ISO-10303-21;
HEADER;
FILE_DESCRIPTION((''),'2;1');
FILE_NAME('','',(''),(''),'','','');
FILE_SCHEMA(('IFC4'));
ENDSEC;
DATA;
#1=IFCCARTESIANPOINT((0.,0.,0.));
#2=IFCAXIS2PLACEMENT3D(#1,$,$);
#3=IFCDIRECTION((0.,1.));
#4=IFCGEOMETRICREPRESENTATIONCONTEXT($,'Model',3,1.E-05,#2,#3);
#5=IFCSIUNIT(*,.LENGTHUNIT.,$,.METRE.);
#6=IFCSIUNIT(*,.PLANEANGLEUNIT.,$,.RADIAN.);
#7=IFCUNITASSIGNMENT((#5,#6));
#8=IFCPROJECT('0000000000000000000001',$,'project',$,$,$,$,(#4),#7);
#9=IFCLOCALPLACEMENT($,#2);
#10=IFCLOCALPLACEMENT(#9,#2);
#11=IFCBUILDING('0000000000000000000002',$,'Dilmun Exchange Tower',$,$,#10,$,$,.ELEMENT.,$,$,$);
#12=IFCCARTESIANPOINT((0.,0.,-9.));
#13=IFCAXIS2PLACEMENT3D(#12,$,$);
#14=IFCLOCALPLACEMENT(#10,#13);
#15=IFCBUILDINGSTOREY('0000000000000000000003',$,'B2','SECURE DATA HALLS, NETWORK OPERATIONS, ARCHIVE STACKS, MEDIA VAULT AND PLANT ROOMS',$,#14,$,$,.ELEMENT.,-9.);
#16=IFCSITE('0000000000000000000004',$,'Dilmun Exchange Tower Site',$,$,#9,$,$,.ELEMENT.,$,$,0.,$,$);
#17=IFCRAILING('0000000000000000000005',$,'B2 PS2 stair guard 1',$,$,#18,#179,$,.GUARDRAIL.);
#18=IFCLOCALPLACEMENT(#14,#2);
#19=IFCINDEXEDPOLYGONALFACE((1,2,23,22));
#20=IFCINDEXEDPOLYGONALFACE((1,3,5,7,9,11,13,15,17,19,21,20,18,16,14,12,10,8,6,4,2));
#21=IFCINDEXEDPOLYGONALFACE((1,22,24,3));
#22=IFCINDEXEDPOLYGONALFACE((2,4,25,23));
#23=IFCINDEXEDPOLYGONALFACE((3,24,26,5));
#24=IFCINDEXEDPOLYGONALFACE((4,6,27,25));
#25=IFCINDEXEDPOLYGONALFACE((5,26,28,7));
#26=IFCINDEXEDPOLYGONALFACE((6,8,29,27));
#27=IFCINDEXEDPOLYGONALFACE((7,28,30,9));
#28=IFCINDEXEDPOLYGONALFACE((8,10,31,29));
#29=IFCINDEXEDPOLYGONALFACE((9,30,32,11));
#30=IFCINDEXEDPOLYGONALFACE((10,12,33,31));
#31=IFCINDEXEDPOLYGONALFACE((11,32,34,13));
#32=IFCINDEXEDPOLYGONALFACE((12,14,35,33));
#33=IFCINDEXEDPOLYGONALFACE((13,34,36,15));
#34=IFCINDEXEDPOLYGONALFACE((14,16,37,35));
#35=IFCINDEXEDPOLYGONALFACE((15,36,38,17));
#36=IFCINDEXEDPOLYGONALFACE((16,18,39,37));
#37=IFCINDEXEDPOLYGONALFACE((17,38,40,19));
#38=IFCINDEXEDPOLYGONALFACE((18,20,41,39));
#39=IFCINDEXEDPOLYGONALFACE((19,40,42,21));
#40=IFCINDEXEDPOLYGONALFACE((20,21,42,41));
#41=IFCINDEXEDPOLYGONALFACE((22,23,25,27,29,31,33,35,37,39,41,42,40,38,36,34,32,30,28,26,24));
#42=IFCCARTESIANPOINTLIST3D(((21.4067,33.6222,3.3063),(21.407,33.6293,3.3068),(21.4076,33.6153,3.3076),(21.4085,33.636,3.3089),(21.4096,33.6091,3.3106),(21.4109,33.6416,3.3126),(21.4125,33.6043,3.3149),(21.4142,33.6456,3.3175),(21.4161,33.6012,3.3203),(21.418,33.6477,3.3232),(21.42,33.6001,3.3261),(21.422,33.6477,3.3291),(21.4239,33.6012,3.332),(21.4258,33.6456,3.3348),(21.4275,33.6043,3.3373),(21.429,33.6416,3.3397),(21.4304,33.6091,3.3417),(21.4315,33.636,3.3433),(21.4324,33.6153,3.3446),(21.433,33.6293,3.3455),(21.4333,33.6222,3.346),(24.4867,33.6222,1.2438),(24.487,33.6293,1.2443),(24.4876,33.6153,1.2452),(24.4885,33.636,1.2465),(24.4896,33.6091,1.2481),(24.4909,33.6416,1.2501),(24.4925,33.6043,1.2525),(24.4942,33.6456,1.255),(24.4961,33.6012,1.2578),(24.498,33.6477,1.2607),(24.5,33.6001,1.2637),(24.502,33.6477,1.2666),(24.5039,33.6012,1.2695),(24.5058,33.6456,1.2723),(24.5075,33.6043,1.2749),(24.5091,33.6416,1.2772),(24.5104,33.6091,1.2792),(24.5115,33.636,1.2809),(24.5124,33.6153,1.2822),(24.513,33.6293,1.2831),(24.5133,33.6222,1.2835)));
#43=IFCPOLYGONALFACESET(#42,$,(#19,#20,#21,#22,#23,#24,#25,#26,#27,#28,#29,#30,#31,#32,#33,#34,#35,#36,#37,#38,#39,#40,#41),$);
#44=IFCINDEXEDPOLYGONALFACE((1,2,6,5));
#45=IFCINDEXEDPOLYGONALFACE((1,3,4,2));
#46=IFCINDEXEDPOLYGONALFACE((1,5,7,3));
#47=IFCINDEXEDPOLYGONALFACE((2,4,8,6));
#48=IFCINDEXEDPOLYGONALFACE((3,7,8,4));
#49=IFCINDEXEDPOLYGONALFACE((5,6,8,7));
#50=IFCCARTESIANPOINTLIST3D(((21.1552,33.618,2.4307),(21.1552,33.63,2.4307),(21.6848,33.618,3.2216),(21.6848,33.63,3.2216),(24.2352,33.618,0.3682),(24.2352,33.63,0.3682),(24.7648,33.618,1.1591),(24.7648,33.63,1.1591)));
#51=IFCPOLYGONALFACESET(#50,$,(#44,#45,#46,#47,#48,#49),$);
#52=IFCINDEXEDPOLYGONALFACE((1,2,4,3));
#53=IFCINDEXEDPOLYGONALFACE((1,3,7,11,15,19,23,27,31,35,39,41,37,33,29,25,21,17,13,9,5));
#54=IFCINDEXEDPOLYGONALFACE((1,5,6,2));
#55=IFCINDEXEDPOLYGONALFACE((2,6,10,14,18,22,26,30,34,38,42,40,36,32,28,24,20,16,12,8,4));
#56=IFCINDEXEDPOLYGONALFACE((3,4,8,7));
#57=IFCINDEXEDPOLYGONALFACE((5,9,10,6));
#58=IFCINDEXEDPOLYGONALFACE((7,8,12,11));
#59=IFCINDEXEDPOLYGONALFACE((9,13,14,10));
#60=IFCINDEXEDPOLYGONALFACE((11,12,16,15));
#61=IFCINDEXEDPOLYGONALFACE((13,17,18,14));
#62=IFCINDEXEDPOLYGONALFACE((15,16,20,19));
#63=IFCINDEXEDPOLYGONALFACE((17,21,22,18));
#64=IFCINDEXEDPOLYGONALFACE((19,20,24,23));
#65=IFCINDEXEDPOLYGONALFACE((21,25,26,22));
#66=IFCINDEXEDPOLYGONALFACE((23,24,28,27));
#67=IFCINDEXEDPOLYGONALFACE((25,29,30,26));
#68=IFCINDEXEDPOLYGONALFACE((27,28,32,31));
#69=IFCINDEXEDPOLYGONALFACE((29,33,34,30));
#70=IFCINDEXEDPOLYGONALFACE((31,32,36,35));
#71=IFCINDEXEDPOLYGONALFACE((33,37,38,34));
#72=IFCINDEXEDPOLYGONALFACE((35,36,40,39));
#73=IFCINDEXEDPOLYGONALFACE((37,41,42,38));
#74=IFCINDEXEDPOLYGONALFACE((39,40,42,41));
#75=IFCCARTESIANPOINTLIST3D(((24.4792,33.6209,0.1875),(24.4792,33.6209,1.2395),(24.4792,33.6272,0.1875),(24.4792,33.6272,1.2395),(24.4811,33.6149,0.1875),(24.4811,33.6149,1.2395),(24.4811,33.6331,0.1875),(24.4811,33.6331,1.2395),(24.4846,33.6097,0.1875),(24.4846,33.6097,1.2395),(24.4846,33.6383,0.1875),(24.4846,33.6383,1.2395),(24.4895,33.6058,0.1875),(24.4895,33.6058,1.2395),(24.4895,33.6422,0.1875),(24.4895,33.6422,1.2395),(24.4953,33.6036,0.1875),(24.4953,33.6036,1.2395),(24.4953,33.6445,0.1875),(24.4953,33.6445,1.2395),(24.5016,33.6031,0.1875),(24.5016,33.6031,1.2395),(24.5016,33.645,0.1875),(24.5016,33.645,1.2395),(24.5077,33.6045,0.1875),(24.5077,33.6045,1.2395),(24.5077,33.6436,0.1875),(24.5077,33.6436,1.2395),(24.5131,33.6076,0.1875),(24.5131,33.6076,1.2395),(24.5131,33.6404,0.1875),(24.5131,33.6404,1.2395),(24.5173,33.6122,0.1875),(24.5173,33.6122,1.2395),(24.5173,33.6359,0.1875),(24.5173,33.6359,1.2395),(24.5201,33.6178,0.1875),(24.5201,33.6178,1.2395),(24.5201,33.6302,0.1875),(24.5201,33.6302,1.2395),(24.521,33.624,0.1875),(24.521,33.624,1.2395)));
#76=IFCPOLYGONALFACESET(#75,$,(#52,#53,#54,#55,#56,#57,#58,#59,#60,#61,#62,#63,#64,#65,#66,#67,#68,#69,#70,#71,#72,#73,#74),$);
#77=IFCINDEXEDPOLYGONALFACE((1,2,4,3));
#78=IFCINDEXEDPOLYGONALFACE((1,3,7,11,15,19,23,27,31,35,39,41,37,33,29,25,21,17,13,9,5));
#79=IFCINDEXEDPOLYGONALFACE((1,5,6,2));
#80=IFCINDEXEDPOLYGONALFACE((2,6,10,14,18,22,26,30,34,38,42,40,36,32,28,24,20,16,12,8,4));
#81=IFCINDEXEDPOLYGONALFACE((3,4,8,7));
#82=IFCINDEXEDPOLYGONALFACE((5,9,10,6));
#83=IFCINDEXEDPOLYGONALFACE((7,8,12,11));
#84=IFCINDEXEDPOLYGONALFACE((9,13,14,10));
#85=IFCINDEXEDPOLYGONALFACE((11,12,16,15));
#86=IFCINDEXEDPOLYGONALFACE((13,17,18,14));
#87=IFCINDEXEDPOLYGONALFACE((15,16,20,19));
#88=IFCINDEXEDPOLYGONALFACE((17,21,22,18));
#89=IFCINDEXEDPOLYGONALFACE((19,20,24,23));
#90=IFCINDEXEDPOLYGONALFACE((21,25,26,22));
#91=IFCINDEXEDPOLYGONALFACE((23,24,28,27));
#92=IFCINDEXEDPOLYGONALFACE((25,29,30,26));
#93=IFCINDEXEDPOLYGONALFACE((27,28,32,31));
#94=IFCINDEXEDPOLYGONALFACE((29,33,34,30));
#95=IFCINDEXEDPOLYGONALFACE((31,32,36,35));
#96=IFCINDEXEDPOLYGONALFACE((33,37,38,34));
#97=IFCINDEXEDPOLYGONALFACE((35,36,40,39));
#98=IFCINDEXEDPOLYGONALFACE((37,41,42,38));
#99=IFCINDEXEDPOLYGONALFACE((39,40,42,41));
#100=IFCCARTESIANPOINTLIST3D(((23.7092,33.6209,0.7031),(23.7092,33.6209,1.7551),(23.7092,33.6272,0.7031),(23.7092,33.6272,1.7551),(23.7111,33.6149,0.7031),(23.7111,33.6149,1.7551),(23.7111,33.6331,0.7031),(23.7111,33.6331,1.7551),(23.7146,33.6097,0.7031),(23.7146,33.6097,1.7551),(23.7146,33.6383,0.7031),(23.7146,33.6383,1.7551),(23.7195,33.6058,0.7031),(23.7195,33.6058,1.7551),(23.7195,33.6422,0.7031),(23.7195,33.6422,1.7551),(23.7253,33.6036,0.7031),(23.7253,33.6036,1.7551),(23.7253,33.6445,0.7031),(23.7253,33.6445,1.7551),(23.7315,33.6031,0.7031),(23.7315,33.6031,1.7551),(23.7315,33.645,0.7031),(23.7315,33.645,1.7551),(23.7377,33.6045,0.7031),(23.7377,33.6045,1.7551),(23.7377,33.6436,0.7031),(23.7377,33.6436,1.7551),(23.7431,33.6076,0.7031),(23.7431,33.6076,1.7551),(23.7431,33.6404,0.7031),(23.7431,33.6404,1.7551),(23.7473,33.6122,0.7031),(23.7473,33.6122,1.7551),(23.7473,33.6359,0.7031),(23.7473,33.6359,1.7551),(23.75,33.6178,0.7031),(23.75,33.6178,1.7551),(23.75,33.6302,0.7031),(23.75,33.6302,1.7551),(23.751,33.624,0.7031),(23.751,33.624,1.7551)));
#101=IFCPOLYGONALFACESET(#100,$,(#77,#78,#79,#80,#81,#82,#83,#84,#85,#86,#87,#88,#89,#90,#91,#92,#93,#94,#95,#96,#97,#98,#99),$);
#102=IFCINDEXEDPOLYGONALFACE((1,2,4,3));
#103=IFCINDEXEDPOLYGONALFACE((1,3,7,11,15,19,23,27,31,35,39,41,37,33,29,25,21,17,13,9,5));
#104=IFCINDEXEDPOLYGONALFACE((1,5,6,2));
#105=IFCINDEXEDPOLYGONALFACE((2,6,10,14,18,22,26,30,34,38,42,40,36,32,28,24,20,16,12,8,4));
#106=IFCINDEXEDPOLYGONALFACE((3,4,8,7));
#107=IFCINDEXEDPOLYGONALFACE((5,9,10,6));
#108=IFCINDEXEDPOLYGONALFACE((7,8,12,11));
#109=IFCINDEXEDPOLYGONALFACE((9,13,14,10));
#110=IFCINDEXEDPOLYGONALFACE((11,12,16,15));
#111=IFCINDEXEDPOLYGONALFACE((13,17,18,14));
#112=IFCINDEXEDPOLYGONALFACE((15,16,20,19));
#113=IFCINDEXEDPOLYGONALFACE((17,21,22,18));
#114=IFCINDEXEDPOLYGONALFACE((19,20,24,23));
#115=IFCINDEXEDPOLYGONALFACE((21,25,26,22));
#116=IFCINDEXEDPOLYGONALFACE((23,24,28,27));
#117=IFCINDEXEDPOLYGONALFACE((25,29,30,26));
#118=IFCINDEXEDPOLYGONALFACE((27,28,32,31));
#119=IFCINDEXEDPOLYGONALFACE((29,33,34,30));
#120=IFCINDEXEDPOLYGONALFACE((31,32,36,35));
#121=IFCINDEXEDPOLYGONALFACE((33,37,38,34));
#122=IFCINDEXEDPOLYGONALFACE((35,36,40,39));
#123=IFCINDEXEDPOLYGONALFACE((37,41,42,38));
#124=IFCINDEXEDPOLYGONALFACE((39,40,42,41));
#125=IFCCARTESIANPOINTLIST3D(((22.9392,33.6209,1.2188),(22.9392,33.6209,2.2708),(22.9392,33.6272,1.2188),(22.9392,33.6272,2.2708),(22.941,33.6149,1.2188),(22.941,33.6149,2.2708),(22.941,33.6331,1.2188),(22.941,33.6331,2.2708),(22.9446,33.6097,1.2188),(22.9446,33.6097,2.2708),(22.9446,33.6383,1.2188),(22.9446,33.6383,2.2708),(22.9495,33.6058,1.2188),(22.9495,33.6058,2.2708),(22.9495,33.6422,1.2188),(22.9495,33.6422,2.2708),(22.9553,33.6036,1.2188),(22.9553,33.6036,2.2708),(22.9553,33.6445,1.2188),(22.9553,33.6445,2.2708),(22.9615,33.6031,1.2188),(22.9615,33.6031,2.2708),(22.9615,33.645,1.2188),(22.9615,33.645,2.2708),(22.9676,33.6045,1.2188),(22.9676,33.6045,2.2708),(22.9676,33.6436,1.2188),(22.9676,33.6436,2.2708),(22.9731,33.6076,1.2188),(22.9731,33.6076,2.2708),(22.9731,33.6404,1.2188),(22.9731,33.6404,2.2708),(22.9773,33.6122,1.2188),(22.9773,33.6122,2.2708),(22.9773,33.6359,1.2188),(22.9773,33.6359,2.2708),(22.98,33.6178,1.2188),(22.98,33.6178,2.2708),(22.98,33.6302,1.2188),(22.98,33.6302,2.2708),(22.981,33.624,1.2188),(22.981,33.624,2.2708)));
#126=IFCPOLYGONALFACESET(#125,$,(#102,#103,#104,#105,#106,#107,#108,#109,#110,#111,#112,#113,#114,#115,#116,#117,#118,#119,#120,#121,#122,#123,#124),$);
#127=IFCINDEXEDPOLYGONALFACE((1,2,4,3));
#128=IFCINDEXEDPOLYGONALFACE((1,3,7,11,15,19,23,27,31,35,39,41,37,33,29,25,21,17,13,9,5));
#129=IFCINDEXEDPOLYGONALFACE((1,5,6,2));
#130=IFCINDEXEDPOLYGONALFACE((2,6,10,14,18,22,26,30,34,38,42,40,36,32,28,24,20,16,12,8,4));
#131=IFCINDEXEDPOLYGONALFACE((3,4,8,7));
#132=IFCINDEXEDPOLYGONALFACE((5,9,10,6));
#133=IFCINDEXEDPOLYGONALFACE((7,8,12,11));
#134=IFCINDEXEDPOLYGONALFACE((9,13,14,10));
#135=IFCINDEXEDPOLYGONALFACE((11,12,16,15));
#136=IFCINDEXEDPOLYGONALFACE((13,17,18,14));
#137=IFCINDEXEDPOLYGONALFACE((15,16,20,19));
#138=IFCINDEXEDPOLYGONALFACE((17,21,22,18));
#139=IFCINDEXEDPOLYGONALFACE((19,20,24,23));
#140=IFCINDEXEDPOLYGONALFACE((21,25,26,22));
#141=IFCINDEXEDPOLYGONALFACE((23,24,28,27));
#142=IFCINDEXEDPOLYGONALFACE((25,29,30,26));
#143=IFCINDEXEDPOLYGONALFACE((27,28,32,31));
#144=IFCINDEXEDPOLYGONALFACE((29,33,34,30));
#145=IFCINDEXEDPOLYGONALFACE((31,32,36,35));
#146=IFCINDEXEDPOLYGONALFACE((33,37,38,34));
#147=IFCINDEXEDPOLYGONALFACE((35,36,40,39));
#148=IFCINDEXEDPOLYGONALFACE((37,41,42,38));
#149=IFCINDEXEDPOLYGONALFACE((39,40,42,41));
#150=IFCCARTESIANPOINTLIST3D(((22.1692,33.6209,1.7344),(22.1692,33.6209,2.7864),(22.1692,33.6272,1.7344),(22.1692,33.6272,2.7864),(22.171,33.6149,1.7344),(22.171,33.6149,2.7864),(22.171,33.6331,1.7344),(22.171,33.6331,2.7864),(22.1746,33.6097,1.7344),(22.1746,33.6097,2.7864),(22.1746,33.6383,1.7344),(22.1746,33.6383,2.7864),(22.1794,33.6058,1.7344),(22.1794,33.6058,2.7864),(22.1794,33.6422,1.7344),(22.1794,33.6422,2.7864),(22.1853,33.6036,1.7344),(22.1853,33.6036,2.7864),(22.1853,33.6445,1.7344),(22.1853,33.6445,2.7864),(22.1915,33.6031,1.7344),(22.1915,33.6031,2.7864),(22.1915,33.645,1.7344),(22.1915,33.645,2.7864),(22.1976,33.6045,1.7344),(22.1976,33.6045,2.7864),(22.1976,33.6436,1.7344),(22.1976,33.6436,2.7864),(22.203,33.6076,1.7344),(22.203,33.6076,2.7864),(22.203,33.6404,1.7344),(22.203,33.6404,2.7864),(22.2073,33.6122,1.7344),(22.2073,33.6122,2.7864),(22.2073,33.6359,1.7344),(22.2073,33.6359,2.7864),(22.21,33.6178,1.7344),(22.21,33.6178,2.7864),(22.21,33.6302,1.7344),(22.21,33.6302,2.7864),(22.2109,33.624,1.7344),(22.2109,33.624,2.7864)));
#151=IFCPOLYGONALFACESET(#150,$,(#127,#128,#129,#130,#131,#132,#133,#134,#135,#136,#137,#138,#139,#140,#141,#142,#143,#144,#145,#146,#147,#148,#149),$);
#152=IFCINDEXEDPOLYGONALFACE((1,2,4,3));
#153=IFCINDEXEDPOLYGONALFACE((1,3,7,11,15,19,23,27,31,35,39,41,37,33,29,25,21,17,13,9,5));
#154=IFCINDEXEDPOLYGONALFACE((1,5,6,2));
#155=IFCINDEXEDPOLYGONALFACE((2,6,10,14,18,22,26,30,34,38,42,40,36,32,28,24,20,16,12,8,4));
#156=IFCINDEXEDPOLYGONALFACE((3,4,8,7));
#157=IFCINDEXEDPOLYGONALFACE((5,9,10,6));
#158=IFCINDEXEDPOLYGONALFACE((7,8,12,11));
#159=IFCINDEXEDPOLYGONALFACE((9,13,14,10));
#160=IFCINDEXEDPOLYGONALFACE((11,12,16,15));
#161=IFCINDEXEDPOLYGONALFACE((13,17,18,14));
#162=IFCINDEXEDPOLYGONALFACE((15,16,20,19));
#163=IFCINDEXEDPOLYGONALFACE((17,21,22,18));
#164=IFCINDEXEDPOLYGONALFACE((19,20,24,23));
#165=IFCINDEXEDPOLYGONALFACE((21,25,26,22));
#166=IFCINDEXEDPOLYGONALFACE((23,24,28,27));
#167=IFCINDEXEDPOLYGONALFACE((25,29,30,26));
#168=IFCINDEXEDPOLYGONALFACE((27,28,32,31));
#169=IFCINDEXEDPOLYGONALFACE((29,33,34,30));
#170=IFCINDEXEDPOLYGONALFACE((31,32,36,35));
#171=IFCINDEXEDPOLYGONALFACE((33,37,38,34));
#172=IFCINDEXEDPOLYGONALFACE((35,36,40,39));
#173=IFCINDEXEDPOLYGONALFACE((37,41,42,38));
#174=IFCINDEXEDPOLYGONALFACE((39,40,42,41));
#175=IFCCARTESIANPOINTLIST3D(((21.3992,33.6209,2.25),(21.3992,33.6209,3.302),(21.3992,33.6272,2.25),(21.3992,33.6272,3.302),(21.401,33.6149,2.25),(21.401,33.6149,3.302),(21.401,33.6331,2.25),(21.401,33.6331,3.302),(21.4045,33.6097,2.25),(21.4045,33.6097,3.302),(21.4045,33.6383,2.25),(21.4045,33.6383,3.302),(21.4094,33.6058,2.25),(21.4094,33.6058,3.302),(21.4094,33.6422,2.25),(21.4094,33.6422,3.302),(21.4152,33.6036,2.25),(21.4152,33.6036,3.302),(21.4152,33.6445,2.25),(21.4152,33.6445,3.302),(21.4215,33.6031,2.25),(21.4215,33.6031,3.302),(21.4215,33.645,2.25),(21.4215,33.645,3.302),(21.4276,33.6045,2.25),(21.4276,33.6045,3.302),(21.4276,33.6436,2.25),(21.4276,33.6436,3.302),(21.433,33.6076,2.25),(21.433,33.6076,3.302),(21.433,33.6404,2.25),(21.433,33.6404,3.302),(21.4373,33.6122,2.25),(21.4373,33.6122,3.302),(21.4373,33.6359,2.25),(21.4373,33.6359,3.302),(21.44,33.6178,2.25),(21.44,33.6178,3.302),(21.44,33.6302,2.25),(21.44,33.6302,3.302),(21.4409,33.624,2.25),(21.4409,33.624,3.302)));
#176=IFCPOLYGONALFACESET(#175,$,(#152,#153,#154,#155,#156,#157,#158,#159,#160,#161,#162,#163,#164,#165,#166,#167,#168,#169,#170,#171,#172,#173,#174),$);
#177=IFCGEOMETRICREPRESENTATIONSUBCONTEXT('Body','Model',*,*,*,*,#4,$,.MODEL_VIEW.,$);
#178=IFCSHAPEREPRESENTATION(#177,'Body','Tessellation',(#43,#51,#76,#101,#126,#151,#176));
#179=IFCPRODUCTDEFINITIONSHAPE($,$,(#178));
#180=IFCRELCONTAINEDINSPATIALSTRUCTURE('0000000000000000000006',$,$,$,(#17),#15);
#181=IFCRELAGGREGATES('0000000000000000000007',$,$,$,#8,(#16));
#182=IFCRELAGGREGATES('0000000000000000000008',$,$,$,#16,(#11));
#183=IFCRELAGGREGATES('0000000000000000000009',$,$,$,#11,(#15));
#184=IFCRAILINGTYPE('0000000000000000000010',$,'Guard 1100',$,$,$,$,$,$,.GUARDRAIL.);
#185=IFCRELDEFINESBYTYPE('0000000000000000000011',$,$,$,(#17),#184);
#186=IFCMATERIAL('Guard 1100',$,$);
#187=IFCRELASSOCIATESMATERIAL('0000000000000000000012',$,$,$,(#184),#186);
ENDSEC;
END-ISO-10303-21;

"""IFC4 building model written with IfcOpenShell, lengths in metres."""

from ifc_helpers import new_model, si_unit, direction, frame, origin, origin_2d, place, context, subcontext, project, spatial, rectangle, circle, extrude, material, type_object, element, save


model = new_model("IFC4")

# Units and contexts
model_context = context("Model", 3, precision=1e-05, world=origin(), true_north=direction((0.0, 1.0)))
body_context = subcontext(model_context, "Body", "Model", "MODEL_VIEW")
ifc_project = project(units=[si_unit("LENGTHUNIT", "METRE"), si_unit("PLANEANGLEUNIT", "RADIAN")], contexts=[model_context])

# Site, building, storey
site_placement = place(None, origin())
site = spatial("IfcSite", under=ifc_project, at=site_placement, Name="Dilmun Exchange Tower Site", CompositionType="ELEMENT", RefElevation=0.0)
building_placement = place(site_placement, origin())
building = spatial("IfcBuilding", under=site, at=building_placement, Name="Dilmun Exchange Tower", CompositionType="ELEMENT")
storey_placement = place(building_placement, frame((0.0, 0.0, -9.0)))
storey = spatial("IfcBuildingStorey", under=building, at=storey_placement, Name="B2", Description="SECURE DATA HALLS, NETWORK OPERATIONS, ARCHIVE STACKS, MEDIA VAULT AND PLANT ROOMS", CompositionType="ELEMENT", Elevation=-9.0)

# Railing
ifc_material_1 = material(Name="Guard 1100")
railing_type_1 = type_object("IfcRailingType", Name="Guard 1100", PredefinedType="GUARDRAIL", material=ifc_material_1)
railing_1_placement = place(storey_placement, frame((24.5, 33.624, 0.1875)))
element("IfcRailing", 1, at=railing_1_placement, inside=storey, type_object=railing_type_1, Name="B2 PS2 stair guard 1", PredefinedType="GUARDRAIL", context=body_context, shape_type="SweptSolid", body=[
    extrude(circle(Radius=0.0239, at=origin_2d()), frame((0.0, 0.0, 1.0762), z_axis=(-0.830914, 0.0, 0.556401), x_axis=(0.0, -1.0, 0.0)), (0.0, 0.0, 1.0), 3.7068),
    extrude(rectangle(XDim=0.012, YDim=0.9519, at=origin_2d()), frame((0.0, 0.0, 0.5762), z_axis=(-0.830914, 0.0, 0.556401), x_axis=(0.0, -1.0, 0.0)), (0.0, 0.0, 1.0), 3.7068),
    extrude(circle(Radius=0.021, at=origin_2d()), origin(), (0.0, 0.0, 1.0), 1.052),
    extrude(circle(Radius=0.021, at=origin_2d()), frame((-0.77, 0.0, 0.5156)), (0.0, 0.0, 1.0), 1.052),
    extrude(circle(Radius=0.021, at=origin_2d()), frame((-1.54, 0.0, 1.0312)), (0.0, 0.0, 1.0), 1.052),
    extrude(circle(Radius=0.021, at=origin_2d()), frame((-2.3101, 0.0, 1.5469)), (0.0, 0.0, 1.0), 1.052),
    extrude(circle(Radius=0.021, at=origin_2d()), frame((-3.0801, 0.0, 2.0625)), (0.0, 0.0, 1.0), 1.052),
])

save(model, "model.ifc")
